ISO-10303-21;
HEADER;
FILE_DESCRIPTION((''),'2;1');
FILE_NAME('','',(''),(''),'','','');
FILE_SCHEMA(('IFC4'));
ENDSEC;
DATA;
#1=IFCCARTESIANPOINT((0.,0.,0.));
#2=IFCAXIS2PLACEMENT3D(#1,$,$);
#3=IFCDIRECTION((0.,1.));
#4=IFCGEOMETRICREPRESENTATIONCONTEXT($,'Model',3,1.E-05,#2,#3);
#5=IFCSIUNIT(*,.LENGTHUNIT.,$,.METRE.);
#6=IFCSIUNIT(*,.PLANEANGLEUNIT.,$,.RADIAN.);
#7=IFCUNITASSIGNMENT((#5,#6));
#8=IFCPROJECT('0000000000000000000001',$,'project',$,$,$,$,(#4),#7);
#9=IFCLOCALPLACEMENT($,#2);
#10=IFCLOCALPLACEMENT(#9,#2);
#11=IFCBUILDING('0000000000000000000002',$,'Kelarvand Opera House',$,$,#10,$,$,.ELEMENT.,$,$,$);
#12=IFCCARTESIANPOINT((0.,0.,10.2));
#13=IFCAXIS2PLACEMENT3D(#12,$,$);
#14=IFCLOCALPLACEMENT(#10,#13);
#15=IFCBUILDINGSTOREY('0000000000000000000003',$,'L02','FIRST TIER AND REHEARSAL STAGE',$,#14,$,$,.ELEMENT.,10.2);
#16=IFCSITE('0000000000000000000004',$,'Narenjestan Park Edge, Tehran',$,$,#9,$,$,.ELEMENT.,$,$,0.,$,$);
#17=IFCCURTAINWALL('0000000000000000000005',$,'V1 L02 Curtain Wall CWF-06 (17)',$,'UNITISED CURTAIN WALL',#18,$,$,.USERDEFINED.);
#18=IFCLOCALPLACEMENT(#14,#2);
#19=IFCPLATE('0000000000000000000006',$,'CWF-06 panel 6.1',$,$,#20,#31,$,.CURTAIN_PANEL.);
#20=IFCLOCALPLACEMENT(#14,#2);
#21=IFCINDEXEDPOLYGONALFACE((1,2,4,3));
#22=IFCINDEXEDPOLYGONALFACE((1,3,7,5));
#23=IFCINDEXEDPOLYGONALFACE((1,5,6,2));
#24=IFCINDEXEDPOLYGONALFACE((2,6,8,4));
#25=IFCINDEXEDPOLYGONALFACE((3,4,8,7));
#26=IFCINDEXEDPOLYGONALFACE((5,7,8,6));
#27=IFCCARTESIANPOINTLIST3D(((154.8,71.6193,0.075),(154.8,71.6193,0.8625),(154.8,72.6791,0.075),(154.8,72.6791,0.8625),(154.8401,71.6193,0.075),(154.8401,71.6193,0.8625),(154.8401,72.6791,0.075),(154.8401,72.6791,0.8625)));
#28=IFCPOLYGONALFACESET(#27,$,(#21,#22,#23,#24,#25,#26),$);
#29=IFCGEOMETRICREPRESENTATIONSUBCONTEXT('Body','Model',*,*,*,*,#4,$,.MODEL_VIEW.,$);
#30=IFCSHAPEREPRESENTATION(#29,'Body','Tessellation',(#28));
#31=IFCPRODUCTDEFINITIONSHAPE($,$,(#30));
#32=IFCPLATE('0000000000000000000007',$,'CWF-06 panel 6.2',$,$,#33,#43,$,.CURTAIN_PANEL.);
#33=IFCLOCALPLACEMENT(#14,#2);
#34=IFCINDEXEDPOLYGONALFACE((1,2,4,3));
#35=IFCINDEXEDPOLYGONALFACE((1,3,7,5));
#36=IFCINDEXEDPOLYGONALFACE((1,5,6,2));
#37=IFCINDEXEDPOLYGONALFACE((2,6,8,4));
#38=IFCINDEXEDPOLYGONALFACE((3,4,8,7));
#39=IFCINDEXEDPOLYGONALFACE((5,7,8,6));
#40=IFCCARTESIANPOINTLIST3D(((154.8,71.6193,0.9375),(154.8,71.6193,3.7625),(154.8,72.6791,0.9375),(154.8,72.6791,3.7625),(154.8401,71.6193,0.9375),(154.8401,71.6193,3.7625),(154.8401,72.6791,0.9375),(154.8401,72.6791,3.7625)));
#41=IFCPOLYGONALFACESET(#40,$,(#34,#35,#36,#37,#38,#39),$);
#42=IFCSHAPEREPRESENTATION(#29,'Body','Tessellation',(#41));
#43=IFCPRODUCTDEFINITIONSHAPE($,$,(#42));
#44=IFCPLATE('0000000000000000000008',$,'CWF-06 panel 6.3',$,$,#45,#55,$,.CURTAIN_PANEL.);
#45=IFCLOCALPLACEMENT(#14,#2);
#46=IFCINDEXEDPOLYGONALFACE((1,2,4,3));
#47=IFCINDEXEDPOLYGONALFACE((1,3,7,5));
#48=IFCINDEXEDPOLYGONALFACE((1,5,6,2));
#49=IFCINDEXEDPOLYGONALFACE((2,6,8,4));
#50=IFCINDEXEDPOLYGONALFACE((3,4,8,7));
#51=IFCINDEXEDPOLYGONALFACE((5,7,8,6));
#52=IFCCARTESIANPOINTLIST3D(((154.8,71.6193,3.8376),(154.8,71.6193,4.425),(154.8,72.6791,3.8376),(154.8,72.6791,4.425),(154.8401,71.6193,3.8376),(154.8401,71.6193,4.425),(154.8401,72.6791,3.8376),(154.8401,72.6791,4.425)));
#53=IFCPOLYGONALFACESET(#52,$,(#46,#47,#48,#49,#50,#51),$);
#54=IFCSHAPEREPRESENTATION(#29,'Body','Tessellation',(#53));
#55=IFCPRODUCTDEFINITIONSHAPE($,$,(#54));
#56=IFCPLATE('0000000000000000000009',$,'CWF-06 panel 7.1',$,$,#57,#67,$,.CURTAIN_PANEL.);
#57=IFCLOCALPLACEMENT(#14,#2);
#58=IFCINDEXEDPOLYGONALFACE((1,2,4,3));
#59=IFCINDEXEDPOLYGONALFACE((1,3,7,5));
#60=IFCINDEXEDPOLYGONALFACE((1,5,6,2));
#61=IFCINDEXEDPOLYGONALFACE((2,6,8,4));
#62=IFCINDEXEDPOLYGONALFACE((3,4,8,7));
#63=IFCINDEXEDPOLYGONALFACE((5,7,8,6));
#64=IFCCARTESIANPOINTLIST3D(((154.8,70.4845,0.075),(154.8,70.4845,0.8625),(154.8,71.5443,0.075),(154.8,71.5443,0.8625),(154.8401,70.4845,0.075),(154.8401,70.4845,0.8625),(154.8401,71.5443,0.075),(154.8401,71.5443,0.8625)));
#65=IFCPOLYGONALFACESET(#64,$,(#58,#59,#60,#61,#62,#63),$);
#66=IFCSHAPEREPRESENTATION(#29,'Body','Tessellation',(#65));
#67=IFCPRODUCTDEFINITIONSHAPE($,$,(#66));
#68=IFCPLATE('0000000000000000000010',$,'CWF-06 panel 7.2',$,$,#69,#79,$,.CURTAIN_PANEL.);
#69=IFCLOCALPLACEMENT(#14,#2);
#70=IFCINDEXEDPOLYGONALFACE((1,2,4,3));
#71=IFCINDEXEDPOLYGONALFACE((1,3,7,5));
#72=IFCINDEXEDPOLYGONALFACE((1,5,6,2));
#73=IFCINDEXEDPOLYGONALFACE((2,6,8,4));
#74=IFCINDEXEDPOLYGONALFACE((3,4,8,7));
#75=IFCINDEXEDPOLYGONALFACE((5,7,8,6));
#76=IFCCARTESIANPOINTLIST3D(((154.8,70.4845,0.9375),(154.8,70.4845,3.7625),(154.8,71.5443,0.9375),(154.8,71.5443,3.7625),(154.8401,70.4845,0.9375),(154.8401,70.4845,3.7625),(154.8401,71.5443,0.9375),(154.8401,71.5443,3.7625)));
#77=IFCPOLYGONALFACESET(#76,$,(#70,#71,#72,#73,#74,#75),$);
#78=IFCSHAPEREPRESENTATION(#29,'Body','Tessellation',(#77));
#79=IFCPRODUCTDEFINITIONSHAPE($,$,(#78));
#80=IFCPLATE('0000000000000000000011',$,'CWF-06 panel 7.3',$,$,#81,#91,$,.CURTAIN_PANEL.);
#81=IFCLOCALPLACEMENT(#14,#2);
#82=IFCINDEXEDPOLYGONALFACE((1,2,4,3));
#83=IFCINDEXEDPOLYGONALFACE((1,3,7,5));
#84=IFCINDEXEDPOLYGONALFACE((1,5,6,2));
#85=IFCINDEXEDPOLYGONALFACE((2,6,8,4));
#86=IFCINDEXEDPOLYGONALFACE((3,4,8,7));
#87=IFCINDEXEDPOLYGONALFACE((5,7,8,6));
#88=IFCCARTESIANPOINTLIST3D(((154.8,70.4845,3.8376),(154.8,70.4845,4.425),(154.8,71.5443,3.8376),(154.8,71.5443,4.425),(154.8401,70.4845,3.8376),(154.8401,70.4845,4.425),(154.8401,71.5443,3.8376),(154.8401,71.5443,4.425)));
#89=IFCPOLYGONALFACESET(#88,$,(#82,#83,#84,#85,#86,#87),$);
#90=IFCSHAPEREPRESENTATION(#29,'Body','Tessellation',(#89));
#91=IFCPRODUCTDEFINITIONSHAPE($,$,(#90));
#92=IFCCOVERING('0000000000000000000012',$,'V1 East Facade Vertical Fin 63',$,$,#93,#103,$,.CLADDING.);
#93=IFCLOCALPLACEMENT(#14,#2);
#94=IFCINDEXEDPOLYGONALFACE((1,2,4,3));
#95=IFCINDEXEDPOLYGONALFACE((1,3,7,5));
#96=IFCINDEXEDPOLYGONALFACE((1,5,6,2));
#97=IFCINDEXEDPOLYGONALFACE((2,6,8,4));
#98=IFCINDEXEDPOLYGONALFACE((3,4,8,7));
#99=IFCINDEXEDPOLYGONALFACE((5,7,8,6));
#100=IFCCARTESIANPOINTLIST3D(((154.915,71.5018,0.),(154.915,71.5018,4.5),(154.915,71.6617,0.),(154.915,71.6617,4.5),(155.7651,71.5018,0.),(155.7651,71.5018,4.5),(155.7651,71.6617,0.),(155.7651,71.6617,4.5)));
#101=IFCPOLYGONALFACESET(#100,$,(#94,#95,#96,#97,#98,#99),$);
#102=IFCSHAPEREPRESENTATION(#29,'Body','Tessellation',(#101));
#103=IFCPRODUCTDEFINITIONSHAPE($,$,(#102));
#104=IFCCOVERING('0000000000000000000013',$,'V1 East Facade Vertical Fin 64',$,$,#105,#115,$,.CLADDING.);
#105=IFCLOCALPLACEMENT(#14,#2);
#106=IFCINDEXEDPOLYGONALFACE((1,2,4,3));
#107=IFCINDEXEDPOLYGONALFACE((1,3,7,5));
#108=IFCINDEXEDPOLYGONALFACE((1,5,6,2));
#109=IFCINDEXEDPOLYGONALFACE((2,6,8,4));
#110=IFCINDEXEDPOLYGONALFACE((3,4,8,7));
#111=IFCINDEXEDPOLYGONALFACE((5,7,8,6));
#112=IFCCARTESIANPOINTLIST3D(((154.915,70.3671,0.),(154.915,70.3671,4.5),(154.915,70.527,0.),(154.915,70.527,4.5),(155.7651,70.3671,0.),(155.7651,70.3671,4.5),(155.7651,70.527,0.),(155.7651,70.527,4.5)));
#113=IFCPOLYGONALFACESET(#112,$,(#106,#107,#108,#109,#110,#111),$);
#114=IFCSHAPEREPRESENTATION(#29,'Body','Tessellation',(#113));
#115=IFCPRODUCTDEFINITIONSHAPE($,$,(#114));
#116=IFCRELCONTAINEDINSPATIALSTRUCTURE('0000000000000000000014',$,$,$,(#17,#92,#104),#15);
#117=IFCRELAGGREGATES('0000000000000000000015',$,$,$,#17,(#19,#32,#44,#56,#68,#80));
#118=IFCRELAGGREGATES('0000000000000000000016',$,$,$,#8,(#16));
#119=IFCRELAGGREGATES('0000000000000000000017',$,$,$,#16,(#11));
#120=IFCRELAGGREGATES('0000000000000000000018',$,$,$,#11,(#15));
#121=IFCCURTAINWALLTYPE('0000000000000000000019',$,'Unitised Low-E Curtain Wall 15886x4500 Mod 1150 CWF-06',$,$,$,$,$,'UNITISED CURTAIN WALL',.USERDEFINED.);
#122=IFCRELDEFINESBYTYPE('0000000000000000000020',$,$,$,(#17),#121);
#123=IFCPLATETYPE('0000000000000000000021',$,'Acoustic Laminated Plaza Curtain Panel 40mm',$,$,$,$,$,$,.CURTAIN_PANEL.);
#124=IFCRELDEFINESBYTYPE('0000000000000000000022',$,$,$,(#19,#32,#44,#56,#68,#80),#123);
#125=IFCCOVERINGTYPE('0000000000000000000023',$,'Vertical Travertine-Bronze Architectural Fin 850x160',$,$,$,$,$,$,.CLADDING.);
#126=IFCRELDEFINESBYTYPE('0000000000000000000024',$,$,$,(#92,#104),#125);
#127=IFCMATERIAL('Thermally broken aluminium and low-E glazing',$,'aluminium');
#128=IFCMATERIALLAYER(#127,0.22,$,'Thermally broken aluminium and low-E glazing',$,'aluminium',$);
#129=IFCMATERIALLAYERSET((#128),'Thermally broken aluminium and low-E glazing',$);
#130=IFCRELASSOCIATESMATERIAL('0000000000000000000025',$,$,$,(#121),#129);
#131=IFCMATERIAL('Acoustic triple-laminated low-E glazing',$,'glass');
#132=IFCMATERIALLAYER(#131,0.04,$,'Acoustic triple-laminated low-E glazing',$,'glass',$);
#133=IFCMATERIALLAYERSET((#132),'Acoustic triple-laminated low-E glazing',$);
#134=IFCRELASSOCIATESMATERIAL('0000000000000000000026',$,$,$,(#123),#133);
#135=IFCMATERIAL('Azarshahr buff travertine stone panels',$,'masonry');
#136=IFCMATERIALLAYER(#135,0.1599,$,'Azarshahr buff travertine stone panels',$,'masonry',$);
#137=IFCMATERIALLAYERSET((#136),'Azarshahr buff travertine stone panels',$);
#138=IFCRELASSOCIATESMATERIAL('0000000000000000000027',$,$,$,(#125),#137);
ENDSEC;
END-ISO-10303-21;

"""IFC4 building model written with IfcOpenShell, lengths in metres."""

from ifc_helpers import new_model, si_unit, direction, frame, origin, origin_2d, place, context, subcontext, project, spatial, rectangle, extrude, material, layer, layer_set, type_object, element, aggregate, save


model = new_model("IFC4")

# Units and contexts
model_context = context("Model", 3, precision=1e-05, world=origin(), true_north=direction((0.0, 1.0)))
body_context = subcontext(model_context, "Body", "Model", "MODEL_VIEW")
ifc_project = project(units=[si_unit("LENGTHUNIT", "METRE"), si_unit("PLANEANGLEUNIT", "RADIAN")], contexts=[model_context])

# Site, building, storey
site_placement = place(None, origin())
site = spatial("IfcSite", under=ifc_project, at=site_placement, Name="Narenjestan Park Edge, Tehran", CompositionType="ELEMENT", RefElevation=0.0)
building_placement = place(site_placement, origin())
building = spatial("IfcBuilding", under=site, at=building_placement, Name="Kelarvand Opera House", CompositionType="ELEMENT")
storey_placement = place(building_placement, frame((0.0, 0.0, 10.2)))
storey = spatial("IfcBuildingStorey", under=building, at=storey_placement, Name="L02", Description="FIRST TIER AND REHEARSAL STAGE", CompositionType="ELEMENT", Elevation=10.2)

# Curtain wall, plates
ifc_material_1 = material(Name="Thermally broken aluminium and low-E glazing", Category="aluminium")
ifc_layer_1 = layer(ifc_material_1, 0.22, Name="Thermally broken aluminium and low-E glazing", Category="aluminium")
ifc_layer_set_1 = layer_set([ifc_layer_1], Name="Thermally broken aluminium and low-E glazing")
curtain_wall_type = type_object("IfcCurtainWallType", Name="Unitised Low-E Curtain Wall 15886x4500 Mod 1150 CWF-06", ElementType="UNITISED CURTAIN WALL", PredefinedType="USERDEFINED", material=ifc_layer_set_1)
curtain_wall_placement = place(storey_placement, origin())
curtain_wall = element("IfcCurtainWall", 1, at=curtain_wall_placement, inside=storey, type_object=curtain_wall_type, Name="V1 L02 Curtain Wall CWF-06 (17)", ObjectType="UNITISED CURTAIN WALL", PredefinedType="USERDEFINED")
ifc_material_2 = material(Name="Acoustic triple-laminated low-E glazing", Category="glass")
ifc_layer_2 = layer(ifc_material_2, 0.04, Name="Acoustic triple-laminated low-E glazing", Category="glass")
ifc_layer_set_2 = layer_set([ifc_layer_2], Name="Acoustic triple-laminated low-E glazing")
plate_type = type_object("IfcPlateType", Name="Acoustic Laminated Plaza Curtain Panel 40mm", PredefinedType="CURTAIN_PANEL", material=ifc_layer_set_2)
plate_1_placement = place(storey_placement, frame((154.8201, 72.1492, 0.075), z_axis=(0.0, 0.0, 1.0), x_axis=(0.0, -1.0, 0.0)))
plate_1 = element("IfcPlate", 2, at=plate_1_placement, type_object=plate_type, Name="CWF-06 panel 6.1", PredefinedType="CURTAIN_PANEL", context=body_context, shape_type="SweptSolid", body=[
    extrude(rectangle(XDim=1.0598, YDim=0.04, at=origin_2d()), origin(), (0.0, 0.0, 1.0), 0.7876),
])
plate_2_placement = place(storey_placement, frame((154.8201, 72.1492, 0.9375), z_axis=(0.0, 0.0, 1.0), x_axis=(0.0, -1.0, 0.0)))
plate_2 = element("IfcPlate", 3, at=plate_2_placement, type_object=plate_type, Name="CWF-06 panel 6.2", PredefinedType="CURTAIN_PANEL", context=body_context, shape_type="SweptSolid", body=[
    extrude(rectangle(XDim=1.0598, YDim=0.04, at=origin_2d()), origin(), (0.0, 0.0, 1.0), 2.825),
])
plate_3_placement = place(storey_placement, frame((154.8201, 72.1492, 3.8376), z_axis=(0.0, 0.0, 1.0), x_axis=(0.0, -1.0, 0.0)))
plate_3 = element("IfcPlate", 4, at=plate_3_placement, type_object=plate_type, Name="CWF-06 panel 6.3", PredefinedType="CURTAIN_PANEL", context=body_context, shape_type="SweptSolid", body=[
    extrude(rectangle(XDim=1.0598, YDim=0.04, at=origin_2d()), origin(), (0.0, 0.0, 1.0), 0.5874),
])
plate_4_placement = place(storey_placement, frame((154.8201, 71.0144, 0.075), z_axis=(0.0, 0.0, 1.0), x_axis=(0.0, -1.0, 0.0)))
plate_4 = element("IfcPlate", 5, at=plate_4_placement, type_object=plate_type, Name="CWF-06 panel 7.1", PredefinedType="CURTAIN_PANEL", context=body_context, shape_type="SweptSolid", body=[
    extrude(rectangle(XDim=1.0598, YDim=0.04, at=origin_2d()), origin(), (0.0, 0.0, 1.0), 0.7876),
])
plate_5_placement = place(storey_placement, frame((154.8201, 71.0144, 0.9375), z_axis=(0.0, 0.0, 1.0), x_axis=(0.0, -1.0, 0.0)))
plate_5 = element("IfcPlate", 6, at=plate_5_placement, type_object=plate_type, Name="CWF-06 panel 7.2", PredefinedType="CURTAIN_PANEL", context=body_context, shape_type="SweptSolid", body=[
    extrude(rectangle(XDim=1.0598, YDim=0.04, at=origin_2d()), origin(), (0.0, 0.0, 1.0), 2.825),
])
plate_6_placement = place(storey_placement, frame((154.8201, 71.0144, 3.8376), z_axis=(0.0, 0.0, 1.0), x_axis=(0.0, -1.0, 0.0)))
plate_6 = element("IfcPlate", 7, at=plate_6_placement, type_object=plate_type, Name="CWF-06 panel 7.3", PredefinedType="CURTAIN_PANEL", context=body_context, shape_type="SweptSolid", body=[
    extrude(rectangle(XDim=1.0598, YDim=0.04, at=origin_2d()), origin(), (0.0, 0.0, 1.0), 0.5874),
])
aggregate(curtain_wall, [plate_1, plate_2, plate_3, plate_4, plate_5, plate_6])

# Coverings
ifc_material_3 = material(Name="Azarshahr buff travertine stone panels", Category="masonry")
ifc_layer_3 = layer(ifc_material_3, 0.1599, Name="Azarshahr buff travertine stone panels", Category="masonry")
ifc_layer_set_3 = layer_set([ifc_layer_3], Name="Azarshahr buff travertine stone panels")
covering_type = type_object("IfcCoveringType", Name="Vertical Travertine-Bronze Architectural Fin 850x160", PredefinedType="CLADDING", material=ifc_layer_set_3)
for number, where, z_axis, x_axis, name in (
    (8, (155.3401, 71.5818, 0.0), (0.0, 0.0, 1.0), (1.0, 0.0, 0.0), "V1 East Facade Vertical Fin 63"),
    (9, (155.3401, 70.447, 0.0), (0.0, 0.0, 1.0), (1.0, 0.0, 0.0), "V1 East Facade Vertical Fin 64"),
):
    element("IfcCovering", number, at=place(storey_placement, frame(where, z_axis=z_axis, x_axis=x_axis)), inside=storey, type_object=covering_type, Name=name, PredefinedType="CLADDING", context=body_context, shape_type="SweptSolid", body=[
        extrude(rectangle(XDim=0.8501, YDim=0.1599, at=origin_2d()), origin(), (0.0, 0.0, 1.0), 4.5),
    ])

save(model, "model.ifc")
